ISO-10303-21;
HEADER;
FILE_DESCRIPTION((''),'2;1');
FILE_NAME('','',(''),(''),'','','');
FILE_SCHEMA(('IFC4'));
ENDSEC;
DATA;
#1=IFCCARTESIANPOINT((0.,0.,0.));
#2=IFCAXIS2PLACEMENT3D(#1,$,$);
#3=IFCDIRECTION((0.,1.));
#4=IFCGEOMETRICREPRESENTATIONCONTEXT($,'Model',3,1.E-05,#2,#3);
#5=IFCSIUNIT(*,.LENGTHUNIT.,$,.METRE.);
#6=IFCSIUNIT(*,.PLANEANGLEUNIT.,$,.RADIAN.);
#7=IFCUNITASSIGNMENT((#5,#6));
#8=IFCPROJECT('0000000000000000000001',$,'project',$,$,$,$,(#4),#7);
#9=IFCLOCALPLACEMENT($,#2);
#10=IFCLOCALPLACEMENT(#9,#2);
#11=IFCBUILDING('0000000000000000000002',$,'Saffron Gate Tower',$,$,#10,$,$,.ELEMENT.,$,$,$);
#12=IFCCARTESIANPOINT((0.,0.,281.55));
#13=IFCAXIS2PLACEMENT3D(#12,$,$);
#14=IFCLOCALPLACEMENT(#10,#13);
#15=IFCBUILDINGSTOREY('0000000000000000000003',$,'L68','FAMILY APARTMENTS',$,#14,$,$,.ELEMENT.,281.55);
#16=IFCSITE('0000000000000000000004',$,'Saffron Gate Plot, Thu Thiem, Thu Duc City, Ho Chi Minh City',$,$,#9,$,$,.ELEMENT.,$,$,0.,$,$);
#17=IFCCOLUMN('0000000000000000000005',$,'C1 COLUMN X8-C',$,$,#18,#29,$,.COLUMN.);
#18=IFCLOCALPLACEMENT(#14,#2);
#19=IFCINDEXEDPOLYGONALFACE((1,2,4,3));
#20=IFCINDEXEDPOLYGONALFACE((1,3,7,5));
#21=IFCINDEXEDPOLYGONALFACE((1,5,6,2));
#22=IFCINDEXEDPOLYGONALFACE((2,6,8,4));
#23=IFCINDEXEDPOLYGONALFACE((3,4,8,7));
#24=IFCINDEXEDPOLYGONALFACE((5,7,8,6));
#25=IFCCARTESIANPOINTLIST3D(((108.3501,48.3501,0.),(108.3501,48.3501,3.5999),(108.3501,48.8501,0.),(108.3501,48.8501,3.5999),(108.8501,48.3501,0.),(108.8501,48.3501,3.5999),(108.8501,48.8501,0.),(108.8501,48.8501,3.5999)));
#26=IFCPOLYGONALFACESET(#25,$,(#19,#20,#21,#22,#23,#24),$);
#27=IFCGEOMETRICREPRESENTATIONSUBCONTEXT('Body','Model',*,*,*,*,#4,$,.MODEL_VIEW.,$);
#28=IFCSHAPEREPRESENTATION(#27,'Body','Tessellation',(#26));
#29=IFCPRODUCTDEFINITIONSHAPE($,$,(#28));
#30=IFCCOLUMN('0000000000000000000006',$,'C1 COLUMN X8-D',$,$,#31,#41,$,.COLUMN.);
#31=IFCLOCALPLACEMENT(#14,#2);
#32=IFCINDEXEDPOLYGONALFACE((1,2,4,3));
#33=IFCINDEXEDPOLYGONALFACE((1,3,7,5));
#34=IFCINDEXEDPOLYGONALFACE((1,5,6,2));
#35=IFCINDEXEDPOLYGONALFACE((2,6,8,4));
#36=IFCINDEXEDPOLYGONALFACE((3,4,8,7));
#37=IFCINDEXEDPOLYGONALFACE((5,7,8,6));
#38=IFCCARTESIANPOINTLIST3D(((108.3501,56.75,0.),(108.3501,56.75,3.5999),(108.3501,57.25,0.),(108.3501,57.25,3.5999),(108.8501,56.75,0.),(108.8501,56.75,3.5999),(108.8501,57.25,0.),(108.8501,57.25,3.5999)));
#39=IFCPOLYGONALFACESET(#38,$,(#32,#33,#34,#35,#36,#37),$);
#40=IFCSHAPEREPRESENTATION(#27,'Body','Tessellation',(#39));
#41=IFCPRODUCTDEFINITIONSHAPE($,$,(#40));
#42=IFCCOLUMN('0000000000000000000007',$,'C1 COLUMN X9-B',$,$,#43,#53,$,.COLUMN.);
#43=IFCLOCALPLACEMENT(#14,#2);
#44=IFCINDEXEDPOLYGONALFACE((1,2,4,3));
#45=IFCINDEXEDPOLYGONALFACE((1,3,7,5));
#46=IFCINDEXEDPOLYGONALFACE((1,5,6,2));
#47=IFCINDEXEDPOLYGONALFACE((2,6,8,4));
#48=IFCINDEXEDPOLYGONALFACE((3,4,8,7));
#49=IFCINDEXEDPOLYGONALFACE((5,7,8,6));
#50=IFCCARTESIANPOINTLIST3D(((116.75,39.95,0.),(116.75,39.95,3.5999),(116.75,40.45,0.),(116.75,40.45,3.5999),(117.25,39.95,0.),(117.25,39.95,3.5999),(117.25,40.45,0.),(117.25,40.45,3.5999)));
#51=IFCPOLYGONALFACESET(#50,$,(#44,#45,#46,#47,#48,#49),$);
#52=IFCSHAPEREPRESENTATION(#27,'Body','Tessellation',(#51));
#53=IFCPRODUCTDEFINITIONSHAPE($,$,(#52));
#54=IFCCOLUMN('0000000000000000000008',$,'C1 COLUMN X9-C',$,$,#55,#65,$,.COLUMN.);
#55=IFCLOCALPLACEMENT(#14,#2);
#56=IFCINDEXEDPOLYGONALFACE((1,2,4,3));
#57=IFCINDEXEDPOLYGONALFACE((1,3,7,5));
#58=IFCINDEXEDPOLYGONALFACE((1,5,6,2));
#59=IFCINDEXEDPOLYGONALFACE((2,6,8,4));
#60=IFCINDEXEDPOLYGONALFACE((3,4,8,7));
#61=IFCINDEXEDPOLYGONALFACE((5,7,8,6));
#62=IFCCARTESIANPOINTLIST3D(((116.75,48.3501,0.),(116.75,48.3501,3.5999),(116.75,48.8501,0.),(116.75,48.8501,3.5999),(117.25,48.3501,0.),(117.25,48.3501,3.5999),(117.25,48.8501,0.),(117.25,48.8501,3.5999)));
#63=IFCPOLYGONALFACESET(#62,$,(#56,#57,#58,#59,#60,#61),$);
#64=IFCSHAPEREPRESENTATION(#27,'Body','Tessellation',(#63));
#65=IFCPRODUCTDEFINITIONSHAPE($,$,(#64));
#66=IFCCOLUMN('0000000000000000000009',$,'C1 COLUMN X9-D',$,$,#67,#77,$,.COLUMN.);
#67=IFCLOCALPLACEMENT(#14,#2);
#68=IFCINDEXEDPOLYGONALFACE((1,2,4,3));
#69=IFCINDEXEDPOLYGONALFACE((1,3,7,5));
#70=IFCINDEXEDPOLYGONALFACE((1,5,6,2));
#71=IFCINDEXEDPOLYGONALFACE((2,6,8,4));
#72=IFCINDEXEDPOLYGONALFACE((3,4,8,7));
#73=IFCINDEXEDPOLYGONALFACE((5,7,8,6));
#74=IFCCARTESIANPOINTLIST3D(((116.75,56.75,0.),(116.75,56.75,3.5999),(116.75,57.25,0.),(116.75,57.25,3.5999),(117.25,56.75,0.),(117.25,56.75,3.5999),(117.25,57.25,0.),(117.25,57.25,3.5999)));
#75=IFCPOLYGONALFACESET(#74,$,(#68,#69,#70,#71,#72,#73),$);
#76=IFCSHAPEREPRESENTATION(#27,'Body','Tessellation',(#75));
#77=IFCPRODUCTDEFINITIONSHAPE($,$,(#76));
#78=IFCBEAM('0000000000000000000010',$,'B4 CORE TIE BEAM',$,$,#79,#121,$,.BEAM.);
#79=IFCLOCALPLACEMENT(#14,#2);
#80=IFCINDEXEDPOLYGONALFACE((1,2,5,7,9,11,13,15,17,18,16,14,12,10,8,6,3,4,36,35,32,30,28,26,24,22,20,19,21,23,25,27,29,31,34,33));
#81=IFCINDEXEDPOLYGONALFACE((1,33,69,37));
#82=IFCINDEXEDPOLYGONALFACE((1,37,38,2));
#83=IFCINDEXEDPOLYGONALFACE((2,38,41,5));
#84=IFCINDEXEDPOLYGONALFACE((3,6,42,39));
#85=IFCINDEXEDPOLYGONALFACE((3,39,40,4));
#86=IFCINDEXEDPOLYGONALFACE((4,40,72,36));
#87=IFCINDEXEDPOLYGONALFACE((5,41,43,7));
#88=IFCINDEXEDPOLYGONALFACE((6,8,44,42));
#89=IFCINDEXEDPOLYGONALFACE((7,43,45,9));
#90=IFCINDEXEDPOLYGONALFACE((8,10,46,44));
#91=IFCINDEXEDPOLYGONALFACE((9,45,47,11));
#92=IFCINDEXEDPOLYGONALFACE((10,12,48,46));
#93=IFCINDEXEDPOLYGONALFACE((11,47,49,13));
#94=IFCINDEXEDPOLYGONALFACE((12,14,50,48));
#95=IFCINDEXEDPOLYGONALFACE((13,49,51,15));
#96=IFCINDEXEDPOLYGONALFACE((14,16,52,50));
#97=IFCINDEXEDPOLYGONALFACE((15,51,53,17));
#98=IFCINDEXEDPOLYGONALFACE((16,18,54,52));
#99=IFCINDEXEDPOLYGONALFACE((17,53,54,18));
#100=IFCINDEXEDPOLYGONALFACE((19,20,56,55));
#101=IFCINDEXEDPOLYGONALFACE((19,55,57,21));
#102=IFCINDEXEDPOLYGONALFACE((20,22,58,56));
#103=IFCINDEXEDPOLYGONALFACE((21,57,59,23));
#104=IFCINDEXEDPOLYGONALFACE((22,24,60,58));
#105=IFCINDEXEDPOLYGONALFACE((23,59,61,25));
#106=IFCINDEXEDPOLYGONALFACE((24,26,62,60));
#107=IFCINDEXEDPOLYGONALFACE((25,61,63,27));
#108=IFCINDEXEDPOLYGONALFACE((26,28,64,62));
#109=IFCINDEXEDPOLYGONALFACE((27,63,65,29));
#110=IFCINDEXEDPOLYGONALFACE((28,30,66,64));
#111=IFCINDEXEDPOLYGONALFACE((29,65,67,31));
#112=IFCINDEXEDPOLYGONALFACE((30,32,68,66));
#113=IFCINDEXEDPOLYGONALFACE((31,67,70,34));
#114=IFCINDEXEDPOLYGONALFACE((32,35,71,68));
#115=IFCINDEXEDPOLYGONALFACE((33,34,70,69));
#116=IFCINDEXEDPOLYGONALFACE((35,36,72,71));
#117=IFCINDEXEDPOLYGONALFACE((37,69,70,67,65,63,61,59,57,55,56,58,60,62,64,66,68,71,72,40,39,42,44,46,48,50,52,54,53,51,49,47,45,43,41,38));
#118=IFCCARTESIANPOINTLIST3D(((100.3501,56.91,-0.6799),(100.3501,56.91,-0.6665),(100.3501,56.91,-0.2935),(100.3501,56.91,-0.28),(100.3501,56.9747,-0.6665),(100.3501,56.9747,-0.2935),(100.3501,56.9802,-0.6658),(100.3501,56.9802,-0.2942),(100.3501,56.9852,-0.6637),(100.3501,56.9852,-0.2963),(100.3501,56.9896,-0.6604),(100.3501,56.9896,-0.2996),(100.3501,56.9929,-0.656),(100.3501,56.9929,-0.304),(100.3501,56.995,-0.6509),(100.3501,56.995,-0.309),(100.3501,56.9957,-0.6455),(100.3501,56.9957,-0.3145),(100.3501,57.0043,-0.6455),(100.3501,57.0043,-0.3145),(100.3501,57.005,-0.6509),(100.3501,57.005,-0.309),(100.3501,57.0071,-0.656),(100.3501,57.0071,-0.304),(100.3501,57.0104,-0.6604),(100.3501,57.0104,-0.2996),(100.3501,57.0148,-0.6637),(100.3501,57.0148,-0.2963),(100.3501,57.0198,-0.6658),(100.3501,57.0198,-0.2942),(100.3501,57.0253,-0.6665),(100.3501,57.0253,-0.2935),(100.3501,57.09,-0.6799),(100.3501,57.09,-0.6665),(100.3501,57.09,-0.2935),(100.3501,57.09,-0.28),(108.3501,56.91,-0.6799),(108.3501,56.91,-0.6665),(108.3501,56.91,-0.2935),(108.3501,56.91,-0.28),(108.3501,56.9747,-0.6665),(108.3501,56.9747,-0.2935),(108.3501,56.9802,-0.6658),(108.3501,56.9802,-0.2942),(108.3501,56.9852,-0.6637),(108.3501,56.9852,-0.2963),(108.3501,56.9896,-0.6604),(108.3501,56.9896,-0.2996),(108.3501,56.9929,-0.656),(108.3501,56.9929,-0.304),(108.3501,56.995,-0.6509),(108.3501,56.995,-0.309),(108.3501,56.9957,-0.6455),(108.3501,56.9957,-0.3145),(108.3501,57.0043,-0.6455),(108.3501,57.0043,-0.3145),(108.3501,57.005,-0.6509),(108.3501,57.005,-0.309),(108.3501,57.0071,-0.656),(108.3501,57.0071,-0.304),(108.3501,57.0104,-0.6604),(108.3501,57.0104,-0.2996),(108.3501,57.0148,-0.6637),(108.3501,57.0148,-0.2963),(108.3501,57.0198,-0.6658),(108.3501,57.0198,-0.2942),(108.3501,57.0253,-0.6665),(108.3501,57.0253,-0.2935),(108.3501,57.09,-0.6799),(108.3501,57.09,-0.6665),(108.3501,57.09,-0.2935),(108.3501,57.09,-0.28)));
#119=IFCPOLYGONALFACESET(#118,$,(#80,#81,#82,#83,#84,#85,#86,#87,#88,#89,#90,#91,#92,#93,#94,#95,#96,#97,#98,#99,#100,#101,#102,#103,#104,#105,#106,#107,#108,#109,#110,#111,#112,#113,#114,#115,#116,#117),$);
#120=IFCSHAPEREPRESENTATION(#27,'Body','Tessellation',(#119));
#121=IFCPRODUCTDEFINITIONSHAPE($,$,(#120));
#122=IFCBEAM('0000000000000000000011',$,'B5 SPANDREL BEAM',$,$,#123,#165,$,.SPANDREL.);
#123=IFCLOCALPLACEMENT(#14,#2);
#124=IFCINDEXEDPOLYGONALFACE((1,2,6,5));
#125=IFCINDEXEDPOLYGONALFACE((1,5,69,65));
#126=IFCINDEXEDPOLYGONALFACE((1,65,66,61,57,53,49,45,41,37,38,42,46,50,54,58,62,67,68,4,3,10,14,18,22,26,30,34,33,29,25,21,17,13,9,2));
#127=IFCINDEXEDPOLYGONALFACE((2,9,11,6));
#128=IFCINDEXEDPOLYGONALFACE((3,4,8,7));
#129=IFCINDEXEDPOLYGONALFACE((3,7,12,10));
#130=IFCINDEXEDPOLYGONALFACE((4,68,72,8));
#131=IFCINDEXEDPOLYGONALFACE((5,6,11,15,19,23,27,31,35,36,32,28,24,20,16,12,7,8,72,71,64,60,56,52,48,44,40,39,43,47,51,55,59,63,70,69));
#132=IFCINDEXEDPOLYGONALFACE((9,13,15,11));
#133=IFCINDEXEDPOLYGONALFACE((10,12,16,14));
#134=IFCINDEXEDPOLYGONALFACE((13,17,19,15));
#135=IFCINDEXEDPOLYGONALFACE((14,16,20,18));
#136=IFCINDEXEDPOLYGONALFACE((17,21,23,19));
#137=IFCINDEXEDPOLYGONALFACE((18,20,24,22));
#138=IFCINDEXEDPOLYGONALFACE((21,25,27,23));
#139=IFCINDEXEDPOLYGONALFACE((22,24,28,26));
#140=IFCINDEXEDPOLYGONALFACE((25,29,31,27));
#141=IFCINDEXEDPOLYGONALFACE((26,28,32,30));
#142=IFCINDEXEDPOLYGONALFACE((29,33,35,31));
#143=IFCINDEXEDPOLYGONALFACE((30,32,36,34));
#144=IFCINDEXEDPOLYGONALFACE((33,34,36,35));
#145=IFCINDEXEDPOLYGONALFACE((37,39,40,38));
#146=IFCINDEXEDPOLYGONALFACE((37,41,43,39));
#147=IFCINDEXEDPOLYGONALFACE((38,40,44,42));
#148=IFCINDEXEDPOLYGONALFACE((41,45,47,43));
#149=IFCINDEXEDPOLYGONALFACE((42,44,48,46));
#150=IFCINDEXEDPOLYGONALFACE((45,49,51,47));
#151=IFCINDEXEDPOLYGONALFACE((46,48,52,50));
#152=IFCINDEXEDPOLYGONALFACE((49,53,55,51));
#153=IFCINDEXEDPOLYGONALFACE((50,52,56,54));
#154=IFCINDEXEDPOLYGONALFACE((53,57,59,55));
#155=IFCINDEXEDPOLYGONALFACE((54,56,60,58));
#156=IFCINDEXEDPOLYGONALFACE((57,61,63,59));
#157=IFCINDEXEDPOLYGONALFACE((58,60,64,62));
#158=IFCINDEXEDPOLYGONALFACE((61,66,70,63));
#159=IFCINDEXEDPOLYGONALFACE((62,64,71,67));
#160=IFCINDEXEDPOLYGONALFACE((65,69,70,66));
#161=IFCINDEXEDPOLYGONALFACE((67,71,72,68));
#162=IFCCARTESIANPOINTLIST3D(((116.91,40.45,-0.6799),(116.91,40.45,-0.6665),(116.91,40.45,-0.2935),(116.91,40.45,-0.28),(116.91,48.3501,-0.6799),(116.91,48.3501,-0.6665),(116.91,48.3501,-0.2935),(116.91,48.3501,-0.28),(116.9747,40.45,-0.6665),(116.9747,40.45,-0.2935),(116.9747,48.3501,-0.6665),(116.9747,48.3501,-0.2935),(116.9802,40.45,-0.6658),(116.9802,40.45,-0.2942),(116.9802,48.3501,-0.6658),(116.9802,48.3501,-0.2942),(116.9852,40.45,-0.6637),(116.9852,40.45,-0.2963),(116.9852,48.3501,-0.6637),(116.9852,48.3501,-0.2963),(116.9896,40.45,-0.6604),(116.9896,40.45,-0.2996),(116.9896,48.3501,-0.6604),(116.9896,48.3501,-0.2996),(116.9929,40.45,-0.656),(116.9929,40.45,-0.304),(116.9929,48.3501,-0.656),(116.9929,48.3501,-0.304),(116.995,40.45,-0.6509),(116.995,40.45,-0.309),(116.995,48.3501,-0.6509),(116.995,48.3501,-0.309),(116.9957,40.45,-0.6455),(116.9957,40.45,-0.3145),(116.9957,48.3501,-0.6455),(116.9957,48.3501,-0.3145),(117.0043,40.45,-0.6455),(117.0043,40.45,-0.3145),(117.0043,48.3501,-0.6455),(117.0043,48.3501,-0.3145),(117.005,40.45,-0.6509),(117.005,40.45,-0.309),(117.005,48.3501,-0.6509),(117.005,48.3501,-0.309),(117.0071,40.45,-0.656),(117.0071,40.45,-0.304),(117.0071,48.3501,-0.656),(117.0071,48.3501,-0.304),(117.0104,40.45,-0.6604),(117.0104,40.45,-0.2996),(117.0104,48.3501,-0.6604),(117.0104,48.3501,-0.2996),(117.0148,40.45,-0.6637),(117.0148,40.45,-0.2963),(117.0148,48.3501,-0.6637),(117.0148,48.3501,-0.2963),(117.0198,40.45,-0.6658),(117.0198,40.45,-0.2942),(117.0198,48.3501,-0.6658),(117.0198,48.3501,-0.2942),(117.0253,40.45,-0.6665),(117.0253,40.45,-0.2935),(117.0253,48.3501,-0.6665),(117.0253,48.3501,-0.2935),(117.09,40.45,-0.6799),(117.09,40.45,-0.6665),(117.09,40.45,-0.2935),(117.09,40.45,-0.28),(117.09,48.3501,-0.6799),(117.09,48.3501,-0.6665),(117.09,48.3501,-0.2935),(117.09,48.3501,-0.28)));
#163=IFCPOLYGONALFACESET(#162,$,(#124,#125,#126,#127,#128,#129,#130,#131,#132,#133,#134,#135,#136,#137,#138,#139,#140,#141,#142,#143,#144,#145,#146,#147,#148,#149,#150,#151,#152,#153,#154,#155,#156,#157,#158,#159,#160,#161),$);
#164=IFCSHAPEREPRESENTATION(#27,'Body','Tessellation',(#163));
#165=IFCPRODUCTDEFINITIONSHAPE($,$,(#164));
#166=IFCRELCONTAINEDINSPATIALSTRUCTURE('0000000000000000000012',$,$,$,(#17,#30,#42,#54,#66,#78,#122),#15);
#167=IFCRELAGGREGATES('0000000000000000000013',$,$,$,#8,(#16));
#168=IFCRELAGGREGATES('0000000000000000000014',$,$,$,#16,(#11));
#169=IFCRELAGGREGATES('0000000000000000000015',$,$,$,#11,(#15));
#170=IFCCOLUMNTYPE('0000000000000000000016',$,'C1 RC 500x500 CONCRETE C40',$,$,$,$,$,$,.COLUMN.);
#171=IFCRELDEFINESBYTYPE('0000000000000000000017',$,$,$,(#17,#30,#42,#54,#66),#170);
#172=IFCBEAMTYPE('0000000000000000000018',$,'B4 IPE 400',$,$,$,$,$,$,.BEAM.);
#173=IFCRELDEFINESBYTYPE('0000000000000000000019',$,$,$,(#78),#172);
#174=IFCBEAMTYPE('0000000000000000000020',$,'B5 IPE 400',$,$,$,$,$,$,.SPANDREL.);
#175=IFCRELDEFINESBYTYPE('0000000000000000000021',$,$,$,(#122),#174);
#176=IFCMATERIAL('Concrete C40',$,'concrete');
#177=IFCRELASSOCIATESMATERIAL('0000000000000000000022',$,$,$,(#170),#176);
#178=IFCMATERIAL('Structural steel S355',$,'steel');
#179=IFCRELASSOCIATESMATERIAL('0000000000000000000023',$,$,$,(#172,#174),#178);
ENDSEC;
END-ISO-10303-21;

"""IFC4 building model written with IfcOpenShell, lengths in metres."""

from ifc_helpers import new_model, si_unit, direction, frame, origin, origin_2d, place, context, subcontext, project, spatial, rectangle, i_section, extrude, material, material_profile, profile_set, type_object, element, save


model = new_model("IFC4")

# Units and contexts
model_context = context("Model", 3, precision=1e-05, world=origin(), true_north=direction((0.0, 1.0)))
body_context = subcontext(model_context, "Body", "Model", "MODEL_VIEW")
ifc_project = project(units=[si_unit("LENGTHUNIT", "METRE"), si_unit("PLANEANGLEUNIT", "RADIAN")], contexts=[model_context])

# Site, building, storey
site_placement = place(None, origin())
site = spatial("IfcSite", under=ifc_project, at=site_placement, Name="Saffron Gate Plot, Thu Thiem, Thu Duc City, Ho Chi Minh City", CompositionType="ELEMENT", RefElevation=0.0)
building_placement = place(site_placement, origin())
building = spatial("IfcBuilding", under=site, at=building_placement, Name="Saffron Gate Tower", CompositionType="ELEMENT")
storey_placement = place(building_placement, frame((0.0, 0.0, 281.55)))
storey = spatial("IfcBuildingStorey", under=building, at=storey_placement, Name="L68", Description="FAMILY APARTMENTS", CompositionType="ELEMENT", Elevation=281.55)

# Columns
ifc_material_1 = material(Name="Concrete C40", Category="concrete")
ifc_material_profile_1 = material_profile(ifc_material_1, rectangle(XDim=0.5, YDim=0.5, at=origin_2d()))
ifc_profile_set_1 = profile_set([ifc_material_profile_1], Name="Concrete C40")
column_type = type_object("IfcColumnType", Name="C1 RC 500x500 CONCRETE C40", PredefinedType="COLUMN", material=ifc_profile_set_1)
for number, where, z_axis, x_axis, name in (
    (1, (108.6001, 48.6001, 0.0), (0.0, 0.0, 1.0), (1.0, 0.0, 0.0), "C1 COLUMN X8-C"),
    (2, (108.6001, 57.0, 0.0), (0.0, 0.0, 1.0), (1.0, 0.0, 0.0), "C1 COLUMN X8-D"),
    (3, (117.0, 40.2, 0.0), (0.0, 0.0, 1.0), (1.0, 0.0, 0.0), "C1 COLUMN X9-B"),
    (4, (117.0, 48.6001, 0.0), (0.0, 0.0, 1.0), (1.0, 0.0, 0.0), "C1 COLUMN X9-C"),
    (5, (117.0, 57.0, 0.0), (0.0, 0.0, 1.0), (1.0, 0.0, 0.0), "C1 COLUMN X9-D"),
):
    element("IfcColumn", number, at=place(storey_placement, frame(where, z_axis=z_axis, x_axis=x_axis)), inside=storey, type_object=column_type, Name=name, PredefinedType="COLUMN", context=body_context, shape_type="SweptSolid", body=[
        extrude(rectangle(XDim=0.5, YDim=0.5, at=origin_2d()), origin(), (0.0, 0.0, 1.0), 3.5999),
    ])

# Beams
ifc_material_2 = material(Name="Structural steel S355", Category="steel")
ifc_material_profile_2 = material_profile(ifc_material_2, i_section(OverallWidth=0.1799, OverallDepth=0.3999, WebThickness=0.0085, FlangeThickness=0.0134, FilletRadius=0.021, at=origin_2d()))
ifc_profile_set_2 = profile_set([ifc_material_profile_2], Name="Structural steel S355")
beam_type_1 = type_object("IfcBeamType", Name="B4 IPE 400", PredefinedType="BEAM", material=ifc_profile_set_2)
beam_1_placement = place(storey_placement, frame((108.3501, 57.0, -0.48), z_axis=(-1.0, 0.0, 0.0), x_axis=(0.0, -1.0, 0.0)))
element("IfcBeam", 6, at=beam_1_placement, inside=storey, type_object=beam_type_1, Name="B4 CORE TIE BEAM", PredefinedType="BEAM", context=body_context, shape_type="SweptSolid", body=[
    extrude(i_section(OverallWidth=0.1799, OverallDepth=0.3999, WebThickness=0.0085, FlangeThickness=0.0134, FilletRadius=0.021, at=origin_2d()), origin(), (0.0, 0.0, 1.0), 8.0),
])
ifc_material_profile_3 = material_profile(ifc_material_2, i_section(OverallWidth=0.1799, OverallDepth=0.3999, WebThickness=0.0085, FlangeThickness=0.0134, FilletRadius=0.021, at=origin_2d()))
ifc_profile_set_3 = profile_set([ifc_material_profile_3], Name="Structural steel S355")
beam_type_2 = type_object("IfcBeamType", Name="B5 IPE 400", PredefinedType="SPANDREL", material=ifc_profile_set_3)
beam_2_placement = place(storey_placement, frame((117.0, 40.45, -0.48), z_axis=(0.0, 1.0, 0.0), x_axis=(-1.0, 0.0, 0.0)))
element("IfcBeam", 7, at=beam_2_placement, inside=storey, type_object=beam_type_2, Name="B5 SPANDREL BEAM", PredefinedType="SPANDREL", context=body_context, shape_type="SweptSolid", body=[
    extrude(i_section(OverallWidth=0.1799, OverallDepth=0.3999, WebThickness=0.0085, FlangeThickness=0.0134, FilletRadius=0.021, at=origin_2d()), origin(), (0.0, 0.0, 1.0), 7.9001),
])

save(model, "model.ifc")
